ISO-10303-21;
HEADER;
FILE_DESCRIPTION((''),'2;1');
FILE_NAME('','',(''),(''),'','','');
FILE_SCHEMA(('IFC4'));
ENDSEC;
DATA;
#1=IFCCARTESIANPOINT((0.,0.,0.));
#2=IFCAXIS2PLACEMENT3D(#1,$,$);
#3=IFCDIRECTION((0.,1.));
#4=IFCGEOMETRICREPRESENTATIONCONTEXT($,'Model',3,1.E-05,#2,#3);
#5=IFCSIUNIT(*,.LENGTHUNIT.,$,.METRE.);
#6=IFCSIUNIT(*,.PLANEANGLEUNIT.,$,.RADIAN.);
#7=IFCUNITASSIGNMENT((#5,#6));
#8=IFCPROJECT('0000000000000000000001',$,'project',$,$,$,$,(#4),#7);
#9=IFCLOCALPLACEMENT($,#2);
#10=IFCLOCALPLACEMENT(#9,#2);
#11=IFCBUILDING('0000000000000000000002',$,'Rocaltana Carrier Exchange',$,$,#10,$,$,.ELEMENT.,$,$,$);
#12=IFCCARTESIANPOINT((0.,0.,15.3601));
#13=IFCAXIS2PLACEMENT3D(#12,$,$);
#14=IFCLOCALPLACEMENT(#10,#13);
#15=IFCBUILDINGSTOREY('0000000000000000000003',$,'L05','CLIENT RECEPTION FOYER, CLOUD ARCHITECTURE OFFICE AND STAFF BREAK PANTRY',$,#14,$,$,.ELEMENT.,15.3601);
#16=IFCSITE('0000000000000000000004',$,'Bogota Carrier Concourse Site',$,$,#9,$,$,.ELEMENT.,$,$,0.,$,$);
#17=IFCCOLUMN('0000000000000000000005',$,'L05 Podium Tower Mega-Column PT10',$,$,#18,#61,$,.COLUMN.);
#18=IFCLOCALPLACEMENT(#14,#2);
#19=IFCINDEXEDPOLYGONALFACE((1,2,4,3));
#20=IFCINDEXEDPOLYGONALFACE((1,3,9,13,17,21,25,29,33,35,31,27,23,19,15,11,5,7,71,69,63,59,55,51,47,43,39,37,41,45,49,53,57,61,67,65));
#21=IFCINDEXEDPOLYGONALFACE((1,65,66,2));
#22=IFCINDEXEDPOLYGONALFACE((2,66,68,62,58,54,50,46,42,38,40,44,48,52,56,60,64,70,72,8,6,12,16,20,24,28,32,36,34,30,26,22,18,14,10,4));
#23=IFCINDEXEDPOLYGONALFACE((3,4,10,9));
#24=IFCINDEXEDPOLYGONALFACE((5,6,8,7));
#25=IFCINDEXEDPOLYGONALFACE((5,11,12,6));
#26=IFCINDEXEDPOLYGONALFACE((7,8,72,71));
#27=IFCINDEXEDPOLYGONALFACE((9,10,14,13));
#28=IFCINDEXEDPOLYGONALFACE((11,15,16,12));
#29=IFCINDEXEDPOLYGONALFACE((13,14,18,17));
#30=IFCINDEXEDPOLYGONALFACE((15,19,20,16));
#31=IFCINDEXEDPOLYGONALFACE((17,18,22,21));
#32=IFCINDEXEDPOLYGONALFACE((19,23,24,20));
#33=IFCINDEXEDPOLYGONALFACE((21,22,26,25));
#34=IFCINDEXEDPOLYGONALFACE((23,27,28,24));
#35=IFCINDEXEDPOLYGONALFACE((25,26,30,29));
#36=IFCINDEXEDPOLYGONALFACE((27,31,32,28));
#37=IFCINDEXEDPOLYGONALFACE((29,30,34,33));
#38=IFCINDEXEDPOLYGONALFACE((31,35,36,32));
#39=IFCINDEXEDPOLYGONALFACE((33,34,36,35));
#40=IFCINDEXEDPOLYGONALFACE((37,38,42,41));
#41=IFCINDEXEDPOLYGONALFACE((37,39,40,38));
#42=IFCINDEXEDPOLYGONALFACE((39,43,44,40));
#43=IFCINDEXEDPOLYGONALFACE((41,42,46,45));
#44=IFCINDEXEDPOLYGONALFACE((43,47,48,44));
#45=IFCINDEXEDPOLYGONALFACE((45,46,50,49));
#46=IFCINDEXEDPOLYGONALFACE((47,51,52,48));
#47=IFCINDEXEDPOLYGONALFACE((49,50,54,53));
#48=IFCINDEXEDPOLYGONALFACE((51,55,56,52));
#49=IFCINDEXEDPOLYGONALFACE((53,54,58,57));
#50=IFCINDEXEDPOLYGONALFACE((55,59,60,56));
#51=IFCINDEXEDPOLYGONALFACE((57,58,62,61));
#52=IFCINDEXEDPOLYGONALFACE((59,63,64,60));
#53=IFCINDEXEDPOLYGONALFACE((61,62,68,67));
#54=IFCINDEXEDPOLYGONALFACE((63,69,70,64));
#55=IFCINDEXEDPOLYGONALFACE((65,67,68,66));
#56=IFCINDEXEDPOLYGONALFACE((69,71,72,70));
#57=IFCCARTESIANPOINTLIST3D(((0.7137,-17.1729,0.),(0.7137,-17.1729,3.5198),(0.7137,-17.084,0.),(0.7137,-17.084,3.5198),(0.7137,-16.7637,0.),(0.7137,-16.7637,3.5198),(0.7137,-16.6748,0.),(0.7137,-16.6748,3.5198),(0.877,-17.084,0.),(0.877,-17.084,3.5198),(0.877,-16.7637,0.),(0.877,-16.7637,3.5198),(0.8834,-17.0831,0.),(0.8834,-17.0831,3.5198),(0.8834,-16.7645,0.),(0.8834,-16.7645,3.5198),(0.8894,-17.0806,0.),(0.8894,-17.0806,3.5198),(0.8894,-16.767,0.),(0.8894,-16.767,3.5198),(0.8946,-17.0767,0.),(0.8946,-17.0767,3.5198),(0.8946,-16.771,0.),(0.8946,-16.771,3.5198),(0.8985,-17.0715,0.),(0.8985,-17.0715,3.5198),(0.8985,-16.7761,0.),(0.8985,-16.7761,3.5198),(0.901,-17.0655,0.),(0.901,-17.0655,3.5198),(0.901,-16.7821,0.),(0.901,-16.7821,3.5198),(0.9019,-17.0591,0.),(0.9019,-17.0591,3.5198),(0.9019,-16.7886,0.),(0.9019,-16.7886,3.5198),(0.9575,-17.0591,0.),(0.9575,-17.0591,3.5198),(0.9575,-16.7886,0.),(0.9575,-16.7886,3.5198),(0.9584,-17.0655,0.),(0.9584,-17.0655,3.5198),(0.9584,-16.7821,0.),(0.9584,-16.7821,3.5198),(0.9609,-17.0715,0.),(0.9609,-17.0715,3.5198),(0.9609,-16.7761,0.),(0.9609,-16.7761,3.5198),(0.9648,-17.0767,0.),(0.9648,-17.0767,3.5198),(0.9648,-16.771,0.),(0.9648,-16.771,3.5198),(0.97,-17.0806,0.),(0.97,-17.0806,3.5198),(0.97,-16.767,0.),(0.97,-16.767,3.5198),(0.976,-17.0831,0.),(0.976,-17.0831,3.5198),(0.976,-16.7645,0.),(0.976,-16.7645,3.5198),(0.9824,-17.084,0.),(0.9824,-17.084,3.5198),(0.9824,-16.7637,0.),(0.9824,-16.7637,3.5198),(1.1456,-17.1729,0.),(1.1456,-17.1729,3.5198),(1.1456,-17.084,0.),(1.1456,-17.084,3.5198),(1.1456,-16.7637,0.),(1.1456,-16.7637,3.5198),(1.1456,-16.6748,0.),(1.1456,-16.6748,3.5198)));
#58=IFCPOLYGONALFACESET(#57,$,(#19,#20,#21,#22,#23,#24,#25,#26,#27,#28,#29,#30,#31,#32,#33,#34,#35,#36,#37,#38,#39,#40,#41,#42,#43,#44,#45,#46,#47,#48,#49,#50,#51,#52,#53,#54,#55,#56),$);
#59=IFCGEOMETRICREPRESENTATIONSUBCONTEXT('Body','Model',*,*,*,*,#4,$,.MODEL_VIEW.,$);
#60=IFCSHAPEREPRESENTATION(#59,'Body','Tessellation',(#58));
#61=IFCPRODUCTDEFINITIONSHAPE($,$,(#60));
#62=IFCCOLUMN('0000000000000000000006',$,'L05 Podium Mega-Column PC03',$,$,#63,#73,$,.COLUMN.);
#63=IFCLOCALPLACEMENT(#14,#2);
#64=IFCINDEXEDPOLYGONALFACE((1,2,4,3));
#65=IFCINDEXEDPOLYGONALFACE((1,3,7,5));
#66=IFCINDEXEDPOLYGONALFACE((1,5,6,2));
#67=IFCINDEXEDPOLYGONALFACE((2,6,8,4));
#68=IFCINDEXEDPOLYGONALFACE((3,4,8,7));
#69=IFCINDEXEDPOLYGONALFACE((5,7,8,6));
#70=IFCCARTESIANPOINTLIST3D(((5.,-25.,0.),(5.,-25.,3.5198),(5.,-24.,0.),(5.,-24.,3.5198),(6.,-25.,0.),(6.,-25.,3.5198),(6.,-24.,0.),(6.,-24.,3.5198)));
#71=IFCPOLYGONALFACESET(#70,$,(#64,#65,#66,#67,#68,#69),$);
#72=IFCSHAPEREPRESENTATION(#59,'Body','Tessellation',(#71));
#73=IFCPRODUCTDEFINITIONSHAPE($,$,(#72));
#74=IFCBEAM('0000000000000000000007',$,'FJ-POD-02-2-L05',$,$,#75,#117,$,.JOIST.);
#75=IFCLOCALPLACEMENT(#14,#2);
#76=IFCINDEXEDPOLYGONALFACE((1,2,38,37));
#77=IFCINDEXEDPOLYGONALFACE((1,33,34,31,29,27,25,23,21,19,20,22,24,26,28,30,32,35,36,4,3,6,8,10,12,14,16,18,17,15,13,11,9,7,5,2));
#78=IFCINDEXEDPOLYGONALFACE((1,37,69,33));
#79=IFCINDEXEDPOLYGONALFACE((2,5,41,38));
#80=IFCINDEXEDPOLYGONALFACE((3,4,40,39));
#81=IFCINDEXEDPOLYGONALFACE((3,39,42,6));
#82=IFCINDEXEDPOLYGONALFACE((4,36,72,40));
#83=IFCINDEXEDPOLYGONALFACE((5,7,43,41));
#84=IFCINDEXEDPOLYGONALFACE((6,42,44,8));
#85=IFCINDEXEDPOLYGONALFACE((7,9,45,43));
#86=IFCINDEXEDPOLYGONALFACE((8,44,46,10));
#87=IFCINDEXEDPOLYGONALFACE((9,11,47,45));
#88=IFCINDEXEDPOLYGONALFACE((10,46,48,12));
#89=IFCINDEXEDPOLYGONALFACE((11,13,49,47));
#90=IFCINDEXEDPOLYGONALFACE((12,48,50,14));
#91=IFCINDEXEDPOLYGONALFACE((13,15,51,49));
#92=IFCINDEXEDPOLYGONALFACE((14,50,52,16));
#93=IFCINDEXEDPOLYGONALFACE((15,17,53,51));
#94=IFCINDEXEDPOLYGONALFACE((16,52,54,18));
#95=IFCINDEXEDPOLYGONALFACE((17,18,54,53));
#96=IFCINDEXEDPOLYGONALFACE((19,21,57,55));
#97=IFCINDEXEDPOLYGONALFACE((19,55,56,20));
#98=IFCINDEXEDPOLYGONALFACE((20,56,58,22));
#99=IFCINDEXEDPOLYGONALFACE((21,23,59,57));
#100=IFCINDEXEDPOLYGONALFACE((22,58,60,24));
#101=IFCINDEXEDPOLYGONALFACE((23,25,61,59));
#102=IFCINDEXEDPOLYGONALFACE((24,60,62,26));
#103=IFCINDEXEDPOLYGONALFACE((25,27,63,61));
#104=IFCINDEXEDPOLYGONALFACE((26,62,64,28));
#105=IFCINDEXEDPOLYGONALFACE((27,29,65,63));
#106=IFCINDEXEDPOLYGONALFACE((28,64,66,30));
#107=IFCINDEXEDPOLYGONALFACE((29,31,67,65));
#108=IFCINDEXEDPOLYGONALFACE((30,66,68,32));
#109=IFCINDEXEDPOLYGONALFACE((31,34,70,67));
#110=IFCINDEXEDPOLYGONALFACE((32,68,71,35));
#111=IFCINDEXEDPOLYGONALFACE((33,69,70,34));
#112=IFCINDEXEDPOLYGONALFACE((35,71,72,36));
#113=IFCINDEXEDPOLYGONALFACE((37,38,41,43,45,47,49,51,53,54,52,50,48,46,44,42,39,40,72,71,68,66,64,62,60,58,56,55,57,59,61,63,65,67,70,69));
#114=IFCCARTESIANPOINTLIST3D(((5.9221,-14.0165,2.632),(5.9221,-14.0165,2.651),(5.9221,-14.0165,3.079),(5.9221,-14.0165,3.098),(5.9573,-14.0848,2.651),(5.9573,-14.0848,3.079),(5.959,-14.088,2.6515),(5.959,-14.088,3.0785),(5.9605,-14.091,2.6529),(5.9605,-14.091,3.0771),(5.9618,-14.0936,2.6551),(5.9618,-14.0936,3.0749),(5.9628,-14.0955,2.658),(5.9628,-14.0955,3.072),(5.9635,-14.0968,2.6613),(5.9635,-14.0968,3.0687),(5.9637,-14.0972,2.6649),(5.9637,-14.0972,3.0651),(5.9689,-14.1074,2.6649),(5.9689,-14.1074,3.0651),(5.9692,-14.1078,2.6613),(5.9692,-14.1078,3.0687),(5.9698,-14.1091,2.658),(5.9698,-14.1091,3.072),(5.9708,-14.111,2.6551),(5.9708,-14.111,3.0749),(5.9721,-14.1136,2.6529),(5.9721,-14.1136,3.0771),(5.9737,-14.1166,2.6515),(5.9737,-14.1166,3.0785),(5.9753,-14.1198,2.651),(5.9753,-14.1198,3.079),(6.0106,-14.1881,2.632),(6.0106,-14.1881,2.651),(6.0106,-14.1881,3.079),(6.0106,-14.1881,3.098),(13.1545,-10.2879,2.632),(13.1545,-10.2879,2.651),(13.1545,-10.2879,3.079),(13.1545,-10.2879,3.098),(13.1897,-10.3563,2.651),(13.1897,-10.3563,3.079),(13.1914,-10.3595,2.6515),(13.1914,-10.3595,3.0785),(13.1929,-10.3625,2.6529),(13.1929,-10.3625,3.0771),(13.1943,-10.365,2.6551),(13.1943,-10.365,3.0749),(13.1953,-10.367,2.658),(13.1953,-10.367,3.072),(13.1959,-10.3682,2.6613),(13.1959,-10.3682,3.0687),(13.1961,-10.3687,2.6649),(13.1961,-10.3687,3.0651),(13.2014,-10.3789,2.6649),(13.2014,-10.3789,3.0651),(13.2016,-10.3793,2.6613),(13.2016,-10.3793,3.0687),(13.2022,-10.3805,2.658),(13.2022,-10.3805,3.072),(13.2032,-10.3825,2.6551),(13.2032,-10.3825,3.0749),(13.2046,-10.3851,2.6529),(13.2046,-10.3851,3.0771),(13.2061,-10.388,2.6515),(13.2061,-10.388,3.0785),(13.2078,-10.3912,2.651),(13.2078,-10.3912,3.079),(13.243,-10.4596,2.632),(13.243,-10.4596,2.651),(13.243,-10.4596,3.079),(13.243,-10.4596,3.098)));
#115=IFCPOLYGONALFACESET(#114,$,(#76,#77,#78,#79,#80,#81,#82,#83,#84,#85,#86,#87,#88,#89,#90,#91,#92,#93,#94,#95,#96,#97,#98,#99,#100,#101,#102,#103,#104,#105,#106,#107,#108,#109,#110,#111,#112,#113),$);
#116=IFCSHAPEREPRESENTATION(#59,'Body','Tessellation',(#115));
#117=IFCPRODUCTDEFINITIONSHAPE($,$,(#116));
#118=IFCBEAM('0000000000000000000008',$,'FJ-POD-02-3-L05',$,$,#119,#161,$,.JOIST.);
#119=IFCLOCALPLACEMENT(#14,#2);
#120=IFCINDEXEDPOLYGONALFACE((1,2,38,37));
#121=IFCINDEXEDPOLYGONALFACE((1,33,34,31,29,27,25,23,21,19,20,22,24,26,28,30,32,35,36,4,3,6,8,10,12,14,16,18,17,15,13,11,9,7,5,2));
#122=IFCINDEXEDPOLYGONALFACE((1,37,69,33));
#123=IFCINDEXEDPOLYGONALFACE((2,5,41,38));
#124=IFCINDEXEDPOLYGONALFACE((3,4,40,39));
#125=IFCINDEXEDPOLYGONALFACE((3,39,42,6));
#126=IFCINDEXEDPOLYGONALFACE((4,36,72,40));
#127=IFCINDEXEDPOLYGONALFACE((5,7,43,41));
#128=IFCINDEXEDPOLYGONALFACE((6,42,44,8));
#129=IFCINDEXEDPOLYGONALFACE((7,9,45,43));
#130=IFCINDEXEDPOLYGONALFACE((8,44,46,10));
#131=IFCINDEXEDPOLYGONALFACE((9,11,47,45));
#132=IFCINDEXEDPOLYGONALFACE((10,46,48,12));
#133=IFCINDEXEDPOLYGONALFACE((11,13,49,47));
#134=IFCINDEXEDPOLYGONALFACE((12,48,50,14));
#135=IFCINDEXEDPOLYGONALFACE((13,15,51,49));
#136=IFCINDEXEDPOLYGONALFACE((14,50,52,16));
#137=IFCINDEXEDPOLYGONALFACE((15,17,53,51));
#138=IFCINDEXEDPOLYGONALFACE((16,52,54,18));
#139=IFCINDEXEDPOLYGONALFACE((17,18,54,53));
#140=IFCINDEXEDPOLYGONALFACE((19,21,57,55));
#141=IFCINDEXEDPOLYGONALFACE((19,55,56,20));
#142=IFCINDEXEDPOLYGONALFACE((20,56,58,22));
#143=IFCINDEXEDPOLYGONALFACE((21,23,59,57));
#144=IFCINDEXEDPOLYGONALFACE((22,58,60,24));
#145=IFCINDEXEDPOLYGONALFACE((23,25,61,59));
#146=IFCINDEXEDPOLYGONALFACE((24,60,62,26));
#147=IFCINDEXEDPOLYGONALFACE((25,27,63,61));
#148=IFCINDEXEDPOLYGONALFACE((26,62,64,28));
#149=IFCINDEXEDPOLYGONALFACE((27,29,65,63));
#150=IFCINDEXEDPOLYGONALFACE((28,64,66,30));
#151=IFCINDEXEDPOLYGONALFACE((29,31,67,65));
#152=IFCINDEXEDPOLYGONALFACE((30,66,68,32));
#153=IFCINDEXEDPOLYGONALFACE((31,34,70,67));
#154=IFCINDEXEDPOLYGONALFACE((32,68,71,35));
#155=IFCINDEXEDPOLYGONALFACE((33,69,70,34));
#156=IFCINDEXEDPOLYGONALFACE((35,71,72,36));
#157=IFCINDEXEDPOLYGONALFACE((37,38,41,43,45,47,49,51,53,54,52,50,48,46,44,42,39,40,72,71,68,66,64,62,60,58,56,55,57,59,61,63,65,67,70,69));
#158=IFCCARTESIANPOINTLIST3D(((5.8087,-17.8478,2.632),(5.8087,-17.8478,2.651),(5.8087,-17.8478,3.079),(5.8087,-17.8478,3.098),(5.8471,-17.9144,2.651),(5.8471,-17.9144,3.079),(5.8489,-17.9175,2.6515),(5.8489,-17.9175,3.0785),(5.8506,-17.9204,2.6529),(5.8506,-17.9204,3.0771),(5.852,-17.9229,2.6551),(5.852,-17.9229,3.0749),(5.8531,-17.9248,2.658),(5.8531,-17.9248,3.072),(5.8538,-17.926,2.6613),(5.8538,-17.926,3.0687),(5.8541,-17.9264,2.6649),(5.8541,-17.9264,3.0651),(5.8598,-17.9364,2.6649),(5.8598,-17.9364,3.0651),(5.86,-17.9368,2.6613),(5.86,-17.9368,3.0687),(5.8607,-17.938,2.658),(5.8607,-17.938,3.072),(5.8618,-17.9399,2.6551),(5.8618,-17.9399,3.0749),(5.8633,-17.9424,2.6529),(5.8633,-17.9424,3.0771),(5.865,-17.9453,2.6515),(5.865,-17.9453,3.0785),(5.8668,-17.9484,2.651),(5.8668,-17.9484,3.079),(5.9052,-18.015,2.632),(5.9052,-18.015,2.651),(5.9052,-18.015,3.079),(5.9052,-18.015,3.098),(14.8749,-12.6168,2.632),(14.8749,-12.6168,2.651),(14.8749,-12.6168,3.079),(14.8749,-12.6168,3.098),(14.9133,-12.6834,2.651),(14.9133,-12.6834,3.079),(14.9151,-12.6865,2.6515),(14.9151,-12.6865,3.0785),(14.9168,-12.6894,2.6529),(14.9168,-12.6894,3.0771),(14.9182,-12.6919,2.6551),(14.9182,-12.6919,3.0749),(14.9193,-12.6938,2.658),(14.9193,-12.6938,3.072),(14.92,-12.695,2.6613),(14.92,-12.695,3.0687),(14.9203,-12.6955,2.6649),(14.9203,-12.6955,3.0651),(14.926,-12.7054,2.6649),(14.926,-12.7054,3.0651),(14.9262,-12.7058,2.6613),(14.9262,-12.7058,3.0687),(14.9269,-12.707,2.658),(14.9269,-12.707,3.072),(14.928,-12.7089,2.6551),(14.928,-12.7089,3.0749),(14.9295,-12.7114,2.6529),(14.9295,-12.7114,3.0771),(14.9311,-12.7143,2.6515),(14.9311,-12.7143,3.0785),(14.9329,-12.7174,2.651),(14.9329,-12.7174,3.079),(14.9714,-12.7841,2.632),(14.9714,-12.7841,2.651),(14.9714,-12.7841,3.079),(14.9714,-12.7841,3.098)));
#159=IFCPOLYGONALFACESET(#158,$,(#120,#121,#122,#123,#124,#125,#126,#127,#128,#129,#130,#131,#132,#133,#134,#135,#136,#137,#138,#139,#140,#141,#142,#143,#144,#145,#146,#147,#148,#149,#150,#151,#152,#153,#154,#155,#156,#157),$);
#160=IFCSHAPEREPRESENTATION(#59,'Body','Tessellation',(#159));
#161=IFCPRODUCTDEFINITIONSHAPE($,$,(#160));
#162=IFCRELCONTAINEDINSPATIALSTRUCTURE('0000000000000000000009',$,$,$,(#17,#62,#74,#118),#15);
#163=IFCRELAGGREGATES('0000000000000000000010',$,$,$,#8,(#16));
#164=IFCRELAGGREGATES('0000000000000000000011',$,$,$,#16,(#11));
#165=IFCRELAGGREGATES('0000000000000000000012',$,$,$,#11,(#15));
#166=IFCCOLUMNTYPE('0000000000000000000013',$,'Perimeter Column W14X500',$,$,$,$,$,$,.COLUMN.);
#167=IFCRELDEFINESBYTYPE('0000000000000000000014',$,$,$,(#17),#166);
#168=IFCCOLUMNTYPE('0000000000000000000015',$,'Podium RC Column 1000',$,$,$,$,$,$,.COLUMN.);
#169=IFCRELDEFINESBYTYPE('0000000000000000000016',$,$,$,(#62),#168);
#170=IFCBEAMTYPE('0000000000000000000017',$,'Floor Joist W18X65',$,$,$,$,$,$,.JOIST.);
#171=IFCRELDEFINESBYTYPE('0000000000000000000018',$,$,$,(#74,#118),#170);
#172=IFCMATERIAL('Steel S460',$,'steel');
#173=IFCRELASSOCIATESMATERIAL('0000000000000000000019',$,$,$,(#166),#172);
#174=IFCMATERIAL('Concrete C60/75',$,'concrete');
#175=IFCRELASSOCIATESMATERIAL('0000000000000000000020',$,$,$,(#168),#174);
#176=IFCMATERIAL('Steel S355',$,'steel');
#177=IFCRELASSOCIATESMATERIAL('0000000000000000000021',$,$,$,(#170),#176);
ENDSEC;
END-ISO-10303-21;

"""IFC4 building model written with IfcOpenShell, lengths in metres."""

from ifc_helpers import new_model, si_unit, direction, frame, origin, origin_2d, place, context, subcontext, project, spatial, rectangle, i_section, extrude, material, material_profile, profile_set, type_object, element, save


model = new_model("IFC4")

# Units and contexts
model_context = context("Model", 3, precision=1e-05, world=origin(), true_north=direction((0.0, 1.0)))
body_context = subcontext(model_context, "Body", "Model", "MODEL_VIEW")
ifc_project = project(units=[si_unit("LENGTHUNIT", "METRE"), si_unit("PLANEANGLEUNIT", "RADIAN")], contexts=[model_context])

# Site, building, storey
site_placement = place(None, origin())
site = spatial("IfcSite", under=ifc_project, at=site_placement, Name="Bogota Carrier Concourse Site", CompositionType="ELEMENT", RefElevation=0.0)
building_placement = place(site_placement, origin())
building = spatial("IfcBuilding", under=site, at=building_placement, Name="Rocaltana Carrier Exchange", CompositionType="ELEMENT")
storey_placement = place(building_placement, frame((0.0, 0.0, 15.3601)))
storey = spatial("IfcBuildingStorey", under=building, at=storey_placement, Name="L05", Description="CLIENT RECEPTION FOYER, CLOUD ARCHITECTURE OFFICE AND STAFF BREAK PANTRY", CompositionType="ELEMENT", Elevation=15.3601)

# Columns
ifc_material_1 = material(Name="Steel S460", Category="steel")
ifc_material_profile_1 = material_profile(ifc_material_1, i_section(OverallWidth=0.4319, OverallDepth=0.498, WebThickness=0.0557, FlangeThickness=0.0889, FilletRadius=0.0249, at=origin_2d()), Name="W14X500")
ifc_profile_set_1 = profile_set([ifc_material_profile_1], Name="Steel S460")
column_type_1 = type_object("IfcColumnType", Name="Perimeter Column W14X500", PredefinedType="COLUMN", material=ifc_profile_set_1)
column_1_placement = place(storey_placement, frame((0.9297, -16.9238, 0.0), z_axis=(0.0, 0.0, 1.0), x_axis=(1.0, 0.0, 0.0)))
element("IfcColumn", 1, at=column_1_placement, inside=storey, type_object=column_type_1, Name="L05 Podium Tower Mega-Column PT10", PredefinedType="COLUMN", context=body_context, shape_type="SweptSolid", body=[
    extrude(i_section(OverallWidth=0.4319, OverallDepth=0.498, WebThickness=0.0557, FlangeThickness=0.0889, FilletRadius=0.0249, at=origin_2d()), origin(), (0.0, 0.0, 1.0), 3.5198),
])
ifc_material_2 = material(Name="Concrete C60/75", Category="concrete")
ifc_material_profile_2 = material_profile(ifc_material_2, rectangle(XDim=1.0, YDim=1.0, at=origin_2d()), Name="RC-COL-1000X1000")
ifc_profile_set_2 = profile_set([ifc_material_profile_2], Name="Concrete C60/75")
column_type_2 = type_object("IfcColumnType", Name="Podium RC Column 1000", PredefinedType="COLUMN", material=ifc_profile_set_2)
column_2_placement = place(storey_placement, frame((5.5, -24.5, 0.0), z_axis=(0.0, 0.0, 1.0), x_axis=(1.0, 0.0, 0.0)))
element("IfcColumn", 2, at=column_2_placement, inside=storey, type_object=column_type_2, Name="L05 Podium Mega-Column PC03", PredefinedType="COLUMN", context=body_context, shape_type="SweptSolid", body=[
    extrude(rectangle(XDim=1.0, YDim=1.0, at=origin_2d()), origin(), (0.0, 0.0, 1.0), 3.5198),
])

# Beams
ifc_material_3 = material(Name="Steel S355", Category="steel")
ifc_material_profile_3 = material_profile(ifc_material_3, i_section(OverallWidth=0.1931, OverallDepth=0.4661, WebThickness=0.0115, FlangeThickness=0.019, FilletRadius=0.0139, at=origin_2d()), Name="W18X65")
ifc_profile_set_3 = profile_set([ifc_material_profile_3], Name="Steel S355")
beam_type_1 = type_object("IfcBeamType", Name="Floor Joist W18X65", PredefinedType="JOIST", material=ifc_profile_set_3)
beam_1_placement = place(storey_placement, frame((5.9663, -14.1023, 2.865), z_axis=(0.888838, 0.458221, 0.0), x_axis=(-0.458221, 0.888838, 0.0)))
element("IfcBeam", 3, at=beam_1_placement, inside=storey, type_object=beam_type_1, Name="FJ-POD-02-2-L05", PredefinedType="JOIST", context=body_context, shape_type="SweptSolid", body=[
    extrude(i_section(OverallWidth=0.1931, OverallDepth=0.4661, WebThickness=0.0115, FlangeThickness=0.019, FilletRadius=0.0139, at=origin_2d()), origin(), (0.0, 0.0, 1.0), 8.137),
])
beam_2_placement = place(storey_placement, frame((5.8569, -17.9314, 2.865), z_axis=(0.866166, 0.499757, 0.0), x_axis=(-0.499757, 0.866166, 0.0)))
element("IfcBeam", 4, at=beam_2_placement, inside=storey, type_object=beam_type_1, Name="FJ-POD-02-3-L05", PredefinedType="JOIST", context=body_context, shape_type="SweptSolid", body=[
    extrude(i_section(OverallWidth=0.1931, OverallDepth=0.4661, WebThickness=0.0115, FlangeThickness=0.019, FilletRadius=0.0139, at=origin_2d()), origin(), (0.0, 0.0, 1.0), 10.467),
])

save(model, "model.ifc")
